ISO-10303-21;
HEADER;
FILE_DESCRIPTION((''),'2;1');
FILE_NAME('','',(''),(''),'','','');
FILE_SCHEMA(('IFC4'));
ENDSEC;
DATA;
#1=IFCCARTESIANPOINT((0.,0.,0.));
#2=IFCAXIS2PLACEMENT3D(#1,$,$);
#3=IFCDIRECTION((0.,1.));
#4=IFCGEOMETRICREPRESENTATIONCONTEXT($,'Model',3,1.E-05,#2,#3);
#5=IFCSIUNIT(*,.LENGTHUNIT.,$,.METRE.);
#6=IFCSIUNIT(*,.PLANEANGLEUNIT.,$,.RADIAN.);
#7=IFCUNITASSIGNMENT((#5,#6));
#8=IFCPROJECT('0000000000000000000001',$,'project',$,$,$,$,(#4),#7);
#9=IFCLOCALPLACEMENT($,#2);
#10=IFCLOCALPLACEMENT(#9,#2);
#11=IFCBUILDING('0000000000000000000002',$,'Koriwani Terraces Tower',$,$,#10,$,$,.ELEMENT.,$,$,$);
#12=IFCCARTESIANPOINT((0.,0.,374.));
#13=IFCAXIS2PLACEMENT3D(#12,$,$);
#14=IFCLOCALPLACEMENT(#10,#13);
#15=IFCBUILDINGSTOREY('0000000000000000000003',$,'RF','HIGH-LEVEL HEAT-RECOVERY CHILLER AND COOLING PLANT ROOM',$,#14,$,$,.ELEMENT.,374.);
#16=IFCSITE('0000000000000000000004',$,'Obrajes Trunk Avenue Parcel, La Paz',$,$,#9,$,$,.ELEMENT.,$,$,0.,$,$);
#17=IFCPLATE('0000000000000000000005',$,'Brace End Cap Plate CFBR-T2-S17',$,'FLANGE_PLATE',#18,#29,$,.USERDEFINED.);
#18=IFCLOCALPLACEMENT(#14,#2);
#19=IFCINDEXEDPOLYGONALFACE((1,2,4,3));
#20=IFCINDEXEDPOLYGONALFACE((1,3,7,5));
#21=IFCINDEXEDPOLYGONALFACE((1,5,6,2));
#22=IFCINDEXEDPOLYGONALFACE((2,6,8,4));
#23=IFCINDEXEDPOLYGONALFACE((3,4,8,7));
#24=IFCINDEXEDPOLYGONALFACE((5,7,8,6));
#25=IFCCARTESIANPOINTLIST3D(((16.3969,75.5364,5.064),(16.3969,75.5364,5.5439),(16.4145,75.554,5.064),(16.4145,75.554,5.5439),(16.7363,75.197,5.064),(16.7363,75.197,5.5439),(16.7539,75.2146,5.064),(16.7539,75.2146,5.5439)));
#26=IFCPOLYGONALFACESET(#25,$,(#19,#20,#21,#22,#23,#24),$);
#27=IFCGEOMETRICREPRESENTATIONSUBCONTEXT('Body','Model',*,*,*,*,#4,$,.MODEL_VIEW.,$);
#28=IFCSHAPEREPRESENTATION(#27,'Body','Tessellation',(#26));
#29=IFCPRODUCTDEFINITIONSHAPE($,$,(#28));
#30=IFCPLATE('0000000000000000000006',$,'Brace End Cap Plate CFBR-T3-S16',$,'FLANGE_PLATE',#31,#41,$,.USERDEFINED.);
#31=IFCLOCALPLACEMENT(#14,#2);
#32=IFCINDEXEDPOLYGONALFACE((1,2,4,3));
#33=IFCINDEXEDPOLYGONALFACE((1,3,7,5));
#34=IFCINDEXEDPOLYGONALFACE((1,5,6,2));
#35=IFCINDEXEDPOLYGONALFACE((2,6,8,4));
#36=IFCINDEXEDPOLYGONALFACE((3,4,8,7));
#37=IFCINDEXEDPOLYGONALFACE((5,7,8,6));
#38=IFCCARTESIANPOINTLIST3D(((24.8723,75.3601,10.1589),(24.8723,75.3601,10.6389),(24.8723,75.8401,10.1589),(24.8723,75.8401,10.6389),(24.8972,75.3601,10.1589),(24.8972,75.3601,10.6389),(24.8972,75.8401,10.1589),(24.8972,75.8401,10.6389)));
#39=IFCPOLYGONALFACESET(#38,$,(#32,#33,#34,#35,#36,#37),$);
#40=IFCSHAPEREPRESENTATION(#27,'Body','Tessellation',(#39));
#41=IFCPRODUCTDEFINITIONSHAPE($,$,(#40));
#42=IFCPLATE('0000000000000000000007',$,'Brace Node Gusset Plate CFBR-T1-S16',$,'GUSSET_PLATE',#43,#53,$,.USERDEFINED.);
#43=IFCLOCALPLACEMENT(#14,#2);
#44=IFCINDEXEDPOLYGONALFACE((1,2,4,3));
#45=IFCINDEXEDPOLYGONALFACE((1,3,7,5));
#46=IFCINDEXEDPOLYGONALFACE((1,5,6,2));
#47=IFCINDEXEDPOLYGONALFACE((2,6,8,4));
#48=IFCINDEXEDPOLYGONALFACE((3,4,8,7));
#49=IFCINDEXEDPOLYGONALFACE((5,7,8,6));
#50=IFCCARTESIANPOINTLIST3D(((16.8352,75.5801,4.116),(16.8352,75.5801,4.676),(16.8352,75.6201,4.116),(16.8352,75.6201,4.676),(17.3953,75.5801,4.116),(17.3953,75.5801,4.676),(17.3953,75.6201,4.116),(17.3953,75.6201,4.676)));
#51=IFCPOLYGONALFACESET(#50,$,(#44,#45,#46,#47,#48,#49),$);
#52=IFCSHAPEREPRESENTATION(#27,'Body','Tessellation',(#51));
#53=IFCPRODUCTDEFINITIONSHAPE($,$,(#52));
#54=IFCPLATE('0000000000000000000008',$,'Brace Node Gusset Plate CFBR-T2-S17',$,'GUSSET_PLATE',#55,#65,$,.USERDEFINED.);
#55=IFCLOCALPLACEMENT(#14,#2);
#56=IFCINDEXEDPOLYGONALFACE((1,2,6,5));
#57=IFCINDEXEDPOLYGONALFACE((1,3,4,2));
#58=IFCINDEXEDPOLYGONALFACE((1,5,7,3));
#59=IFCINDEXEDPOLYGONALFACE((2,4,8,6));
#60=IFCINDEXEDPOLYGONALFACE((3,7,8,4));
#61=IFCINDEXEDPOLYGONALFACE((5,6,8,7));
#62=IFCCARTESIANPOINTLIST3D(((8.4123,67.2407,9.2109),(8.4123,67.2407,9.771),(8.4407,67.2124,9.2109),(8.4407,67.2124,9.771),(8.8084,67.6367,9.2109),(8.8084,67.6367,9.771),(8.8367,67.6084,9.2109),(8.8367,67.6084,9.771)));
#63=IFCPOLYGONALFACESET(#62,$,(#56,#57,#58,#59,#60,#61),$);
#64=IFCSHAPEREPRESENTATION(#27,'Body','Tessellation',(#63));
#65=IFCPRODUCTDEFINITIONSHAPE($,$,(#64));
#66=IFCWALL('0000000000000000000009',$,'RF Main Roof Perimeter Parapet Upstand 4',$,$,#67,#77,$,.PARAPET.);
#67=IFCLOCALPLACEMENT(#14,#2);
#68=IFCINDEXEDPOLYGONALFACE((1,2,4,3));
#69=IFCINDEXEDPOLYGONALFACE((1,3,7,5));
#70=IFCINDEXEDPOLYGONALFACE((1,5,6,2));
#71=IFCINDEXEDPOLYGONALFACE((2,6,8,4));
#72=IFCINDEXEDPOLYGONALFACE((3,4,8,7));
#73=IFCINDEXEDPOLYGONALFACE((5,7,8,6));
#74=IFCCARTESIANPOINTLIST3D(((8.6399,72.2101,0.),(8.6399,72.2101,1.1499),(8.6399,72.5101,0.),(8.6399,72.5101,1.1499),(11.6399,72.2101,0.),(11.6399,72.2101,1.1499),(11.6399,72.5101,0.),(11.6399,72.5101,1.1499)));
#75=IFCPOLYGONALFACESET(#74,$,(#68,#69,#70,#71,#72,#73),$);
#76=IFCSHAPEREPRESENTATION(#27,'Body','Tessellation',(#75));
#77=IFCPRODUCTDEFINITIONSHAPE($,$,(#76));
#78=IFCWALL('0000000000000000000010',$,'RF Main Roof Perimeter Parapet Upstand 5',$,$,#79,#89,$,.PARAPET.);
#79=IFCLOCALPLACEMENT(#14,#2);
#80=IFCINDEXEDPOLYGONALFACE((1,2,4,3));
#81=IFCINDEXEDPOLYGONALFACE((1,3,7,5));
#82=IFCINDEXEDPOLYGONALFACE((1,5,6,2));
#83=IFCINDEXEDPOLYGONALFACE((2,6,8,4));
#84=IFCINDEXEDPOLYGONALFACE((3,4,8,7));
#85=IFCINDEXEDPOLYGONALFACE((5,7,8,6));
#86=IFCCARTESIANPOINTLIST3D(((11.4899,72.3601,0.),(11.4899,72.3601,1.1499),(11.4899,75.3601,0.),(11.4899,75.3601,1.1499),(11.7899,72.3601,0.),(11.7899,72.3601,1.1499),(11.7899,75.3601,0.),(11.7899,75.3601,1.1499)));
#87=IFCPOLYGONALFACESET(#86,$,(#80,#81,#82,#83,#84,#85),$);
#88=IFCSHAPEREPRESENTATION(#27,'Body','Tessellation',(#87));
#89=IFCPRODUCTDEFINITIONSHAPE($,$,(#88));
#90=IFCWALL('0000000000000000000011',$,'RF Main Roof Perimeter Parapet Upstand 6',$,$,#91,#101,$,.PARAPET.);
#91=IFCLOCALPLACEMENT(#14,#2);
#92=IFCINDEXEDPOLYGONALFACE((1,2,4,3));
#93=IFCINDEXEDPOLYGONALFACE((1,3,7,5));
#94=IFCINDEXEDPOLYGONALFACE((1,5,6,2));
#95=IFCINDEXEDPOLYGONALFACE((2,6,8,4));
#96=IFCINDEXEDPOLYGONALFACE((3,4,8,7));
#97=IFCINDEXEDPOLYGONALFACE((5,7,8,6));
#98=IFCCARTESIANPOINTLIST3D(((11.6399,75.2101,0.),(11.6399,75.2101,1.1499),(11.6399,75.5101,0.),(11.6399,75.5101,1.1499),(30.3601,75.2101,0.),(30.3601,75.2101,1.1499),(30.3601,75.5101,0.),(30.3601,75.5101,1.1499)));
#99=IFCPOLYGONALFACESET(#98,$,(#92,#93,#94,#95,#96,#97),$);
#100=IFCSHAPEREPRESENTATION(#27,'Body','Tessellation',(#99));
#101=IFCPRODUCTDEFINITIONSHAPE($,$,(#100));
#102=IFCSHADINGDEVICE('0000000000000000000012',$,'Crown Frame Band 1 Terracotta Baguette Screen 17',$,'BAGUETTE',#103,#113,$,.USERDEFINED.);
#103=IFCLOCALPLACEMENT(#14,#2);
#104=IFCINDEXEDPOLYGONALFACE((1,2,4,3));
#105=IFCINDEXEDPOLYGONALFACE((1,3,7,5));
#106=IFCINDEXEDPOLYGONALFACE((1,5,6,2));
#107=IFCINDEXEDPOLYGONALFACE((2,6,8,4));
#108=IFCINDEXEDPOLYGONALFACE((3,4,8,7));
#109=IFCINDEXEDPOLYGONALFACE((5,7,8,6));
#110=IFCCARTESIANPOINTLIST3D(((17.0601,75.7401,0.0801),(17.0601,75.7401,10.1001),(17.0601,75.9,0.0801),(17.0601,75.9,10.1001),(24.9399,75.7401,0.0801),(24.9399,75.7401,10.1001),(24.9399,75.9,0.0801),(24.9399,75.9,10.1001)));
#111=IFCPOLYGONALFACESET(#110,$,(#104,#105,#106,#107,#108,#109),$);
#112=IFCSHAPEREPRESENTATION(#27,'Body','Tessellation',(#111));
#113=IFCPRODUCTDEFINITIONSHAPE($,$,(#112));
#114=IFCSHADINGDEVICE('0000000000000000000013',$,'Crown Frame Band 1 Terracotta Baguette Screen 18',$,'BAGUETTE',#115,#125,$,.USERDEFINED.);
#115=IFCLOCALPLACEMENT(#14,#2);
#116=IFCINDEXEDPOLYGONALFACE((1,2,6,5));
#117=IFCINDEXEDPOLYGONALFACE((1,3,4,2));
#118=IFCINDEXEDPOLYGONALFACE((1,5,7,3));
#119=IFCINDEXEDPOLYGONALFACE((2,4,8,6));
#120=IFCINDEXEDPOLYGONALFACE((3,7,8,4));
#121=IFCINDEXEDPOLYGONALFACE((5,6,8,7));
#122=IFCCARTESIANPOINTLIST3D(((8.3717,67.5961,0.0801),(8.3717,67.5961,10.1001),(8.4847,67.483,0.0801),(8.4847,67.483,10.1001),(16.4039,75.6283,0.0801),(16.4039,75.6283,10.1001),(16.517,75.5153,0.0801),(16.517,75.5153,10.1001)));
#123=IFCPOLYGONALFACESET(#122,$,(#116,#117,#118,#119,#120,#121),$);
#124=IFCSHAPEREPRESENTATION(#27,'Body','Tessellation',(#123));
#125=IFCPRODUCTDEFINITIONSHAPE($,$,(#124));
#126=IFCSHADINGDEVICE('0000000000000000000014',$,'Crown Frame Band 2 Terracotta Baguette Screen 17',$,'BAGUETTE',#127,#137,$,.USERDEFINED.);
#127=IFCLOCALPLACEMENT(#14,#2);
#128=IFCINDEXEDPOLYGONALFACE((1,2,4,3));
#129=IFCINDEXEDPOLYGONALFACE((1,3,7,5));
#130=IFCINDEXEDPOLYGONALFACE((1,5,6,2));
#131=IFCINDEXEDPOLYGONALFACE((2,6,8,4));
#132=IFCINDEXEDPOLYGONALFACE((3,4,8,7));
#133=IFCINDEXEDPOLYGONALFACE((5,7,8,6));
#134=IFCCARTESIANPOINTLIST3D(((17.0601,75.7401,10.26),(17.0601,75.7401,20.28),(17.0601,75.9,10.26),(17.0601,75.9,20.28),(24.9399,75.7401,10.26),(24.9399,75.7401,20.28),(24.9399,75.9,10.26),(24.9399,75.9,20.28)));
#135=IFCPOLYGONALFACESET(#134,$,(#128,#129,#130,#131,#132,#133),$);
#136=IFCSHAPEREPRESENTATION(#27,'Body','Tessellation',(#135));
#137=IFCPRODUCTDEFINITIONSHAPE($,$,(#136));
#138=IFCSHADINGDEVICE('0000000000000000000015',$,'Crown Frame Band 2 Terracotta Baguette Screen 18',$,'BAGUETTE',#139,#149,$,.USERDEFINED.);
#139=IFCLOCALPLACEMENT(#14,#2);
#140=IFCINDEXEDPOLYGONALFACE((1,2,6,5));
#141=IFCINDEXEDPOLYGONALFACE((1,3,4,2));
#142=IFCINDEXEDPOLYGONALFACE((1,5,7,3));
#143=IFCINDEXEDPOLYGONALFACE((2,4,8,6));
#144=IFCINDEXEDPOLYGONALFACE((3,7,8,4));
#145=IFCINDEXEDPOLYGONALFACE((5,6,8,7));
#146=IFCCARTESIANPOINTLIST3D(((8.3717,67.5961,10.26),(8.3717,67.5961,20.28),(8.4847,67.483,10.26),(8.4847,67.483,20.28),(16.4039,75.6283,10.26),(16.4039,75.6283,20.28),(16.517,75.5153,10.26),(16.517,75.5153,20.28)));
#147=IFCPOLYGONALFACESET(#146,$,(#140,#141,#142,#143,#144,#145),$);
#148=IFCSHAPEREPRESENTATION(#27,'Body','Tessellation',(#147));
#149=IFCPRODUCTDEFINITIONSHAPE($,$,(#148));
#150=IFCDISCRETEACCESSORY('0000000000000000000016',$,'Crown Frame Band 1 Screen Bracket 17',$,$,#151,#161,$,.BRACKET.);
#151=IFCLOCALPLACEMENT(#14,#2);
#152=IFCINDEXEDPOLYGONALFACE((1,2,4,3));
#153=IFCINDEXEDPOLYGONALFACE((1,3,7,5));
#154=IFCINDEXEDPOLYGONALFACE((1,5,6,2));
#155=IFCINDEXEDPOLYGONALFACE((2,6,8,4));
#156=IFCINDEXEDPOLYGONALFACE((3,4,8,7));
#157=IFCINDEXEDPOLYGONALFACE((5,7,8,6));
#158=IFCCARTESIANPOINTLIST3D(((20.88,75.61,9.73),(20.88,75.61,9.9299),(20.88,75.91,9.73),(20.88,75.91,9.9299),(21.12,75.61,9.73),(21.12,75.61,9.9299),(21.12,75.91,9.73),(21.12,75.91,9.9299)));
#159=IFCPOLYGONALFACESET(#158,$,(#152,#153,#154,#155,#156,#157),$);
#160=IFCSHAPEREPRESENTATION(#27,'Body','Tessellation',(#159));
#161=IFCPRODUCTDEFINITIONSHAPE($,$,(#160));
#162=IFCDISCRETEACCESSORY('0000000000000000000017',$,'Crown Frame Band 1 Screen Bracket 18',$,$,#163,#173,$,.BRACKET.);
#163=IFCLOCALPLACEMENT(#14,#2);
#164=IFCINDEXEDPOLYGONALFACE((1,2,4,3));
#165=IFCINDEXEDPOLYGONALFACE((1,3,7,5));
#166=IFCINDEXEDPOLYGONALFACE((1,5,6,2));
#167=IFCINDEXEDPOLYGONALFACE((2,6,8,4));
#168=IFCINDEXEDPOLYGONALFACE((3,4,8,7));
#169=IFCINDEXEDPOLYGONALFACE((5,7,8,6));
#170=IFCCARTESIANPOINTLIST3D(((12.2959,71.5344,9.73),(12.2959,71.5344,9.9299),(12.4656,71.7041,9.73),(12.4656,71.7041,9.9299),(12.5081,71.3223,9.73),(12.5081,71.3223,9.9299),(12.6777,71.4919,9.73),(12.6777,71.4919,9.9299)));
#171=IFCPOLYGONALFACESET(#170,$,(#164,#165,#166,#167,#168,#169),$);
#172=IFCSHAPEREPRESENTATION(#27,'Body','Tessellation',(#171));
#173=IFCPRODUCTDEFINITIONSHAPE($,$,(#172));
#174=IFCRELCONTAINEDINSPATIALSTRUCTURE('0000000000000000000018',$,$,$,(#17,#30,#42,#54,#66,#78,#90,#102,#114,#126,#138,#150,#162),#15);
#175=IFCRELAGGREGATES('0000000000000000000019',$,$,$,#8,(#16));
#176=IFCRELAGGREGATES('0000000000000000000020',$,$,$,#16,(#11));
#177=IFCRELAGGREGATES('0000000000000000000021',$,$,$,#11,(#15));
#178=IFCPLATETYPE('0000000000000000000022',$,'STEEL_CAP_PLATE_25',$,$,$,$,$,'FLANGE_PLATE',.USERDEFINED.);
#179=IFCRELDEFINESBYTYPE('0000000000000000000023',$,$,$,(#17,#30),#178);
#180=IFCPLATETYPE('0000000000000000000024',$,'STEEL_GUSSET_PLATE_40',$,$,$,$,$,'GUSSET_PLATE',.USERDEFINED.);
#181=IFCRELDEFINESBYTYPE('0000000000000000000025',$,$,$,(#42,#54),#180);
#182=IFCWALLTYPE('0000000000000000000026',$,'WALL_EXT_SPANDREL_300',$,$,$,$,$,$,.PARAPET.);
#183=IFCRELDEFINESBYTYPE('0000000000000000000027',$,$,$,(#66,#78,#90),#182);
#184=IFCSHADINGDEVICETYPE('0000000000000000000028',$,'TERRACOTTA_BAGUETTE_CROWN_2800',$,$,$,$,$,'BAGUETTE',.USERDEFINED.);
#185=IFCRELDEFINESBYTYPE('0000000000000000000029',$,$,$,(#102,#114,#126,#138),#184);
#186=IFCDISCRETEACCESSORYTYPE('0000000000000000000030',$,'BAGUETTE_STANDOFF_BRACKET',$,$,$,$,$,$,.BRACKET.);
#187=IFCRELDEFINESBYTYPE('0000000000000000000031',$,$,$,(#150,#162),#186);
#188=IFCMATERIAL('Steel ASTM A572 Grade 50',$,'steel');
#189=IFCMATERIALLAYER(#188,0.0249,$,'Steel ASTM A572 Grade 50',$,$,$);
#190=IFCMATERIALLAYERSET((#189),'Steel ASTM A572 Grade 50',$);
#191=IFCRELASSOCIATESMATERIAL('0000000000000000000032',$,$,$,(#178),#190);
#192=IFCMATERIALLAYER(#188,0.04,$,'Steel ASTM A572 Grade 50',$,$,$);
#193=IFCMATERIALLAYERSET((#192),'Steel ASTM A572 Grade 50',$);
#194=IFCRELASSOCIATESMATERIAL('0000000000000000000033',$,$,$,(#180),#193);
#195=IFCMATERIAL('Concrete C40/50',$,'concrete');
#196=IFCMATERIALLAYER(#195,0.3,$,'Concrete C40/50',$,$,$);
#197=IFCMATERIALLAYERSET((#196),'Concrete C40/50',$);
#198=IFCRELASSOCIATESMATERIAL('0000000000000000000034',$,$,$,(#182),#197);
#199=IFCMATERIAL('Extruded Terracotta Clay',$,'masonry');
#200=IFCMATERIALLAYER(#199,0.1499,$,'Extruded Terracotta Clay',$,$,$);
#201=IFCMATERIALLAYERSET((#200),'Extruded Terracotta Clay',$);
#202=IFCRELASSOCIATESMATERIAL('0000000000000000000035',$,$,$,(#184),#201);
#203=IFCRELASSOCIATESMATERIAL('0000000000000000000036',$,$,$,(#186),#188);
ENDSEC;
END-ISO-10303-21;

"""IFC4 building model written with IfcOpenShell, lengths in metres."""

from ifc_helpers import new_model, si_unit, direction, frame, frame_2d, origin, origin_2d, place, context, subcontext, project, spatial, rectangle, extrude, material, layer, layer_set, type_object, element, save


model = new_model("IFC4")

# Units and contexts
model_context = context("Model", 3, precision=1e-05, world=origin(), true_north=direction((0.0, 1.0)))
body_context = subcontext(model_context, "Body", "Model", "MODEL_VIEW")
ifc_project = project(units=[si_unit("LENGTHUNIT", "METRE"), si_unit("PLANEANGLEUNIT", "RADIAN")], contexts=[model_context])

# Site, building, storey
site_placement = place(None, origin())
site = spatial("IfcSite", under=ifc_project, at=site_placement, Name="Obrajes Trunk Avenue Parcel, La Paz", CompositionType="ELEMENT", RefElevation=0.0)
building_placement = place(site_placement, origin())
building = spatial("IfcBuilding", under=site, at=building_placement, Name="Koriwani Terraces Tower", CompositionType="ELEMENT")
storey_placement = place(building_placement, frame((0.0, 0.0, 374.0)))
storey = spatial("IfcBuildingStorey", under=building, at=storey_placement, Name="RF", Description="HIGH-LEVEL HEAT-RECOVERY CHILLER AND COOLING PLANT ROOM", CompositionType="ELEMENT", Elevation=374.0)

# Shared definitions
ifc_material_1 = material(Name="Steel ASTM A572 Grade 50", Category="steel")

# Shared definitions
ifc_material_2 = material(Name="Concrete C40/50", Category="concrete")

# Plates
ifc_layer_1 = layer(ifc_material_1, 0.0249, Name="Steel ASTM A572 Grade 50")
ifc_layer_set_1 = layer_set([ifc_layer_1], Name="Steel ASTM A572 Grade 50")
plate_type_1 = type_object("IfcPlateType", Name="STEEL_CAP_PLATE_25", ElementType="FLANGE_PLATE", PredefinedType="USERDEFINED", material=ifc_layer_set_1)
for number, where, z_axis, x_axis, name in (
    (1, (16.5754, 75.3755, 5.064), (0.0, 0.0, 1.0), (-0.707107, -0.707107, 0.0), "Brace End Cap Plate CFBR-T2-S17"),
    (2, (24.8848, 75.6001, 10.1589), (0.0, 0.0, 1.0), (-1.0, 0.0, 0.0), "Brace End Cap Plate CFBR-T3-S16"),
):
    element("IfcPlate", number, at=place(storey_placement, frame(where, z_axis=z_axis, x_axis=x_axis)), inside=storey, type_object=plate_type_1, Name=name, ObjectType="FLANGE_PLATE", PredefinedType="USERDEFINED", context=body_context, shape_type="SweptSolid", body=[
        extrude(rectangle(XDim=0.0249, YDim=0.48, at=origin_2d()), origin(), (0.0, 0.0, 1.0), 0.48),
    ])
ifc_layer_2 = layer(ifc_material_1, 0.04, Name="Steel ASTM A572 Grade 50")
ifc_layer_set_2 = layer_set([ifc_layer_2], Name="Steel ASTM A572 Grade 50")
plate_type_2 = type_object("IfcPlateType", Name="STEEL_GUSSET_PLATE_40", ElementType="GUSSET_PLATE", PredefinedType="USERDEFINED", material=ifc_layer_set_2)
for number, where, z_axis, x_axis, name in (
    (3, (17.1152, 75.6001, 4.116), (0.0, 0.0, 1.0), (-1.0, 0.0, 0.0), "Brace Node Gusset Plate CFBR-T1-S16"),
    (4, (8.6245, 67.4246, 9.2109), (0.0, 0.0, 1.0), (-0.707107, -0.707107, 0.0), "Brace Node Gusset Plate CFBR-T2-S17"),
):
    element("IfcPlate", number, at=place(storey_placement, frame(where, z_axis=z_axis, x_axis=x_axis)), inside=storey, type_object=plate_type_2, Name=name, ObjectType="GUSSET_PLATE", PredefinedType="USERDEFINED", context=body_context, shape_type="SweptSolid", body=[
        extrude(rectangle(XDim=0.5601, YDim=0.04, at=origin_2d()), origin(), (0.0, 0.0, 1.0), 0.5601),
    ])

# Walls
ifc_layer_3 = layer(ifc_material_2, 0.3, Name="Concrete C40/50")
ifc_layer_set_3 = layer_set([ifc_layer_3], Name="Concrete C40/50")
wall_type = type_object("IfcWallType", Name="WALL_EXT_SPANDREL_300", PredefinedType="PARAPET", material=ifc_layer_set_3)
for number, where, z_axis, x_axis, name in (
    (5, (8.6399, 72.3601, 0.0), (0.0, 0.0, 1.0), (1.0, 0.0, 0.0), "RF Main Roof Perimeter Parapet Upstand 4"),
    (6, (11.6399, 72.3601, 0.0), (0.0, 0.0, 1.0), (0.0, 1.0, 0.0), "RF Main Roof Perimeter Parapet Upstand 5"),
):
    element("IfcWall", number, at=place(storey_placement, frame(where, z_axis=z_axis, x_axis=x_axis)), inside=storey, type_object=wall_type, Name=name, PredefinedType="PARAPET", context=body_context, shape_type="SweptSolid", body=[
        extrude(rectangle(XDim=3.0, YDim=0.3, at=frame_2d((1.5, 0.0))), origin(), (0.0, 0.0, 1.0), 1.1499),
    ])
wall_placement = place(storey_placement, frame((11.6399, 75.3601, 0.0), z_axis=(0.0, 0.0, 1.0), x_axis=(1.0, 0.0, 0.0)))
element("IfcWall", 7, at=wall_placement, inside=storey, type_object=wall_type, Name="RF Main Roof Perimeter Parapet Upstand 6", PredefinedType="PARAPET", context=body_context, shape_type="SweptSolid", body=[
    extrude(rectangle(XDim=18.7202, YDim=0.3, at=frame_2d((9.3601, 0.0))), origin(), (0.0, 0.0, 1.0), 1.1499),
])

# Shading devices
ifc_material_3 = material(Name="Extruded Terracotta Clay", Category="masonry")
ifc_layer_4 = layer(ifc_material_3, 0.1499, Name="Extruded Terracotta Clay")
ifc_layer_set_4 = layer_set([ifc_layer_4], Name="Extruded Terracotta Clay")
shading_device_type = type_object("IfcShadingDeviceType", Name="TERRACOTTA_BAGUETTE_CROWN_2800", ElementType="BAGUETTE", PredefinedType="USERDEFINED", material=ifc_layer_set_4)
shading_device_1_placement = place(storey_placement, frame((21.0, 75.8201, 0.0801), z_axis=(0.0, 0.0, 1.0), x_axis=(-1.0, 0.0, 0.0)))
element("IfcShadingDevice", 8, at=shading_device_1_placement, inside=storey, type_object=shading_device_type, Name="Crown Frame Band 1 Terracotta Baguette Screen 17", ObjectType="BAGUETTE", PredefinedType="USERDEFINED", context=body_context, shape_type="SweptSolid", body=[
    extrude(rectangle(XDim=7.8799, YDim=0.1599, at=origin_2d()), origin(), (0.0, 0.0, 1.0), 10.02),
])
shading_device_2_placement = place(storey_placement, frame((12.4443, 71.5557, 0.0801), z_axis=(0.0, 0.0, 1.0), x_axis=(-0.707107, -0.707107, 0.0)))
element("IfcShadingDevice", 9, at=shading_device_2_placement, inside=storey, type_object=shading_device_type, Name="Crown Frame Band 1 Terracotta Baguette Screen 18", ObjectType="BAGUETTE", PredefinedType="USERDEFINED", context=body_context, shape_type="SweptSolid", body=[
    extrude(rectangle(XDim=11.3594, YDim=0.1599, at=origin_2d()), origin(), (0.0, 0.0, 1.0), 10.02),
])
shading_device_3_placement = place(storey_placement, frame((21.0, 75.8201, 10.26), z_axis=(0.0, 0.0, 1.0), x_axis=(-1.0, 0.0, 0.0)))
element("IfcShadingDevice", 10, at=shading_device_3_placement, inside=storey, type_object=shading_device_type, Name="Crown Frame Band 2 Terracotta Baguette Screen 17", ObjectType="BAGUETTE", PredefinedType="USERDEFINED", context=body_context, shape_type="SweptSolid", body=[
    extrude(rectangle(XDim=7.8799, YDim=0.1599, at=origin_2d()), origin(), (0.0, 0.0, 1.0), 10.02),
])
shading_device_4_placement = place(storey_placement, frame((12.4443, 71.5557, 10.26), z_axis=(0.0, 0.0, 1.0), x_axis=(-0.707107, -0.707107, 0.0)))
element("IfcShadingDevice", 11, at=shading_device_4_placement, inside=storey, type_object=shading_device_type, Name="Crown Frame Band 2 Terracotta Baguette Screen 18", ObjectType="BAGUETTE", PredefinedType="USERDEFINED", context=body_context, shape_type="SweptSolid", body=[
    extrude(rectangle(XDim=11.3594, YDim=0.1599, at=origin_2d()), origin(), (0.0, 0.0, 1.0), 10.02),
])

# Discrete accessories
discrete_accessory_type = type_object("IfcDiscreteAccessoryType", Name="BAGUETTE_STANDOFF_BRACKET", PredefinedType="BRACKET", material=ifc_material_1)
for number, where, z_axis, x_axis, name in (
    (12, (21.0, 75.76, 9.73), (0.0, 0.0, 1.0), (-1.0, 0.0, 0.0), "Crown Frame Band 1 Screen Bracket 17"),
    (13, (12.4868, 71.5132, 9.73), (0.0, 0.0, 1.0), (-0.707107, -0.707107, 0.0), "Crown Frame Band 1 Screen Bracket 18"),
):
    element("IfcDiscreteAccessory", number, at=place(storey_placement, frame(where, z_axis=z_axis, x_axis=x_axis)), inside=storey, type_object=discrete_accessory_type, Name=name, PredefinedType="BRACKET", context=body_context, shape_type="SweptSolid", body=[
        extrude(rectangle(XDim=0.24, YDim=0.3, at=origin_2d()), origin(), (0.0, 0.0, 1.0), 0.2),
    ])

save(model, "model.ifc")
